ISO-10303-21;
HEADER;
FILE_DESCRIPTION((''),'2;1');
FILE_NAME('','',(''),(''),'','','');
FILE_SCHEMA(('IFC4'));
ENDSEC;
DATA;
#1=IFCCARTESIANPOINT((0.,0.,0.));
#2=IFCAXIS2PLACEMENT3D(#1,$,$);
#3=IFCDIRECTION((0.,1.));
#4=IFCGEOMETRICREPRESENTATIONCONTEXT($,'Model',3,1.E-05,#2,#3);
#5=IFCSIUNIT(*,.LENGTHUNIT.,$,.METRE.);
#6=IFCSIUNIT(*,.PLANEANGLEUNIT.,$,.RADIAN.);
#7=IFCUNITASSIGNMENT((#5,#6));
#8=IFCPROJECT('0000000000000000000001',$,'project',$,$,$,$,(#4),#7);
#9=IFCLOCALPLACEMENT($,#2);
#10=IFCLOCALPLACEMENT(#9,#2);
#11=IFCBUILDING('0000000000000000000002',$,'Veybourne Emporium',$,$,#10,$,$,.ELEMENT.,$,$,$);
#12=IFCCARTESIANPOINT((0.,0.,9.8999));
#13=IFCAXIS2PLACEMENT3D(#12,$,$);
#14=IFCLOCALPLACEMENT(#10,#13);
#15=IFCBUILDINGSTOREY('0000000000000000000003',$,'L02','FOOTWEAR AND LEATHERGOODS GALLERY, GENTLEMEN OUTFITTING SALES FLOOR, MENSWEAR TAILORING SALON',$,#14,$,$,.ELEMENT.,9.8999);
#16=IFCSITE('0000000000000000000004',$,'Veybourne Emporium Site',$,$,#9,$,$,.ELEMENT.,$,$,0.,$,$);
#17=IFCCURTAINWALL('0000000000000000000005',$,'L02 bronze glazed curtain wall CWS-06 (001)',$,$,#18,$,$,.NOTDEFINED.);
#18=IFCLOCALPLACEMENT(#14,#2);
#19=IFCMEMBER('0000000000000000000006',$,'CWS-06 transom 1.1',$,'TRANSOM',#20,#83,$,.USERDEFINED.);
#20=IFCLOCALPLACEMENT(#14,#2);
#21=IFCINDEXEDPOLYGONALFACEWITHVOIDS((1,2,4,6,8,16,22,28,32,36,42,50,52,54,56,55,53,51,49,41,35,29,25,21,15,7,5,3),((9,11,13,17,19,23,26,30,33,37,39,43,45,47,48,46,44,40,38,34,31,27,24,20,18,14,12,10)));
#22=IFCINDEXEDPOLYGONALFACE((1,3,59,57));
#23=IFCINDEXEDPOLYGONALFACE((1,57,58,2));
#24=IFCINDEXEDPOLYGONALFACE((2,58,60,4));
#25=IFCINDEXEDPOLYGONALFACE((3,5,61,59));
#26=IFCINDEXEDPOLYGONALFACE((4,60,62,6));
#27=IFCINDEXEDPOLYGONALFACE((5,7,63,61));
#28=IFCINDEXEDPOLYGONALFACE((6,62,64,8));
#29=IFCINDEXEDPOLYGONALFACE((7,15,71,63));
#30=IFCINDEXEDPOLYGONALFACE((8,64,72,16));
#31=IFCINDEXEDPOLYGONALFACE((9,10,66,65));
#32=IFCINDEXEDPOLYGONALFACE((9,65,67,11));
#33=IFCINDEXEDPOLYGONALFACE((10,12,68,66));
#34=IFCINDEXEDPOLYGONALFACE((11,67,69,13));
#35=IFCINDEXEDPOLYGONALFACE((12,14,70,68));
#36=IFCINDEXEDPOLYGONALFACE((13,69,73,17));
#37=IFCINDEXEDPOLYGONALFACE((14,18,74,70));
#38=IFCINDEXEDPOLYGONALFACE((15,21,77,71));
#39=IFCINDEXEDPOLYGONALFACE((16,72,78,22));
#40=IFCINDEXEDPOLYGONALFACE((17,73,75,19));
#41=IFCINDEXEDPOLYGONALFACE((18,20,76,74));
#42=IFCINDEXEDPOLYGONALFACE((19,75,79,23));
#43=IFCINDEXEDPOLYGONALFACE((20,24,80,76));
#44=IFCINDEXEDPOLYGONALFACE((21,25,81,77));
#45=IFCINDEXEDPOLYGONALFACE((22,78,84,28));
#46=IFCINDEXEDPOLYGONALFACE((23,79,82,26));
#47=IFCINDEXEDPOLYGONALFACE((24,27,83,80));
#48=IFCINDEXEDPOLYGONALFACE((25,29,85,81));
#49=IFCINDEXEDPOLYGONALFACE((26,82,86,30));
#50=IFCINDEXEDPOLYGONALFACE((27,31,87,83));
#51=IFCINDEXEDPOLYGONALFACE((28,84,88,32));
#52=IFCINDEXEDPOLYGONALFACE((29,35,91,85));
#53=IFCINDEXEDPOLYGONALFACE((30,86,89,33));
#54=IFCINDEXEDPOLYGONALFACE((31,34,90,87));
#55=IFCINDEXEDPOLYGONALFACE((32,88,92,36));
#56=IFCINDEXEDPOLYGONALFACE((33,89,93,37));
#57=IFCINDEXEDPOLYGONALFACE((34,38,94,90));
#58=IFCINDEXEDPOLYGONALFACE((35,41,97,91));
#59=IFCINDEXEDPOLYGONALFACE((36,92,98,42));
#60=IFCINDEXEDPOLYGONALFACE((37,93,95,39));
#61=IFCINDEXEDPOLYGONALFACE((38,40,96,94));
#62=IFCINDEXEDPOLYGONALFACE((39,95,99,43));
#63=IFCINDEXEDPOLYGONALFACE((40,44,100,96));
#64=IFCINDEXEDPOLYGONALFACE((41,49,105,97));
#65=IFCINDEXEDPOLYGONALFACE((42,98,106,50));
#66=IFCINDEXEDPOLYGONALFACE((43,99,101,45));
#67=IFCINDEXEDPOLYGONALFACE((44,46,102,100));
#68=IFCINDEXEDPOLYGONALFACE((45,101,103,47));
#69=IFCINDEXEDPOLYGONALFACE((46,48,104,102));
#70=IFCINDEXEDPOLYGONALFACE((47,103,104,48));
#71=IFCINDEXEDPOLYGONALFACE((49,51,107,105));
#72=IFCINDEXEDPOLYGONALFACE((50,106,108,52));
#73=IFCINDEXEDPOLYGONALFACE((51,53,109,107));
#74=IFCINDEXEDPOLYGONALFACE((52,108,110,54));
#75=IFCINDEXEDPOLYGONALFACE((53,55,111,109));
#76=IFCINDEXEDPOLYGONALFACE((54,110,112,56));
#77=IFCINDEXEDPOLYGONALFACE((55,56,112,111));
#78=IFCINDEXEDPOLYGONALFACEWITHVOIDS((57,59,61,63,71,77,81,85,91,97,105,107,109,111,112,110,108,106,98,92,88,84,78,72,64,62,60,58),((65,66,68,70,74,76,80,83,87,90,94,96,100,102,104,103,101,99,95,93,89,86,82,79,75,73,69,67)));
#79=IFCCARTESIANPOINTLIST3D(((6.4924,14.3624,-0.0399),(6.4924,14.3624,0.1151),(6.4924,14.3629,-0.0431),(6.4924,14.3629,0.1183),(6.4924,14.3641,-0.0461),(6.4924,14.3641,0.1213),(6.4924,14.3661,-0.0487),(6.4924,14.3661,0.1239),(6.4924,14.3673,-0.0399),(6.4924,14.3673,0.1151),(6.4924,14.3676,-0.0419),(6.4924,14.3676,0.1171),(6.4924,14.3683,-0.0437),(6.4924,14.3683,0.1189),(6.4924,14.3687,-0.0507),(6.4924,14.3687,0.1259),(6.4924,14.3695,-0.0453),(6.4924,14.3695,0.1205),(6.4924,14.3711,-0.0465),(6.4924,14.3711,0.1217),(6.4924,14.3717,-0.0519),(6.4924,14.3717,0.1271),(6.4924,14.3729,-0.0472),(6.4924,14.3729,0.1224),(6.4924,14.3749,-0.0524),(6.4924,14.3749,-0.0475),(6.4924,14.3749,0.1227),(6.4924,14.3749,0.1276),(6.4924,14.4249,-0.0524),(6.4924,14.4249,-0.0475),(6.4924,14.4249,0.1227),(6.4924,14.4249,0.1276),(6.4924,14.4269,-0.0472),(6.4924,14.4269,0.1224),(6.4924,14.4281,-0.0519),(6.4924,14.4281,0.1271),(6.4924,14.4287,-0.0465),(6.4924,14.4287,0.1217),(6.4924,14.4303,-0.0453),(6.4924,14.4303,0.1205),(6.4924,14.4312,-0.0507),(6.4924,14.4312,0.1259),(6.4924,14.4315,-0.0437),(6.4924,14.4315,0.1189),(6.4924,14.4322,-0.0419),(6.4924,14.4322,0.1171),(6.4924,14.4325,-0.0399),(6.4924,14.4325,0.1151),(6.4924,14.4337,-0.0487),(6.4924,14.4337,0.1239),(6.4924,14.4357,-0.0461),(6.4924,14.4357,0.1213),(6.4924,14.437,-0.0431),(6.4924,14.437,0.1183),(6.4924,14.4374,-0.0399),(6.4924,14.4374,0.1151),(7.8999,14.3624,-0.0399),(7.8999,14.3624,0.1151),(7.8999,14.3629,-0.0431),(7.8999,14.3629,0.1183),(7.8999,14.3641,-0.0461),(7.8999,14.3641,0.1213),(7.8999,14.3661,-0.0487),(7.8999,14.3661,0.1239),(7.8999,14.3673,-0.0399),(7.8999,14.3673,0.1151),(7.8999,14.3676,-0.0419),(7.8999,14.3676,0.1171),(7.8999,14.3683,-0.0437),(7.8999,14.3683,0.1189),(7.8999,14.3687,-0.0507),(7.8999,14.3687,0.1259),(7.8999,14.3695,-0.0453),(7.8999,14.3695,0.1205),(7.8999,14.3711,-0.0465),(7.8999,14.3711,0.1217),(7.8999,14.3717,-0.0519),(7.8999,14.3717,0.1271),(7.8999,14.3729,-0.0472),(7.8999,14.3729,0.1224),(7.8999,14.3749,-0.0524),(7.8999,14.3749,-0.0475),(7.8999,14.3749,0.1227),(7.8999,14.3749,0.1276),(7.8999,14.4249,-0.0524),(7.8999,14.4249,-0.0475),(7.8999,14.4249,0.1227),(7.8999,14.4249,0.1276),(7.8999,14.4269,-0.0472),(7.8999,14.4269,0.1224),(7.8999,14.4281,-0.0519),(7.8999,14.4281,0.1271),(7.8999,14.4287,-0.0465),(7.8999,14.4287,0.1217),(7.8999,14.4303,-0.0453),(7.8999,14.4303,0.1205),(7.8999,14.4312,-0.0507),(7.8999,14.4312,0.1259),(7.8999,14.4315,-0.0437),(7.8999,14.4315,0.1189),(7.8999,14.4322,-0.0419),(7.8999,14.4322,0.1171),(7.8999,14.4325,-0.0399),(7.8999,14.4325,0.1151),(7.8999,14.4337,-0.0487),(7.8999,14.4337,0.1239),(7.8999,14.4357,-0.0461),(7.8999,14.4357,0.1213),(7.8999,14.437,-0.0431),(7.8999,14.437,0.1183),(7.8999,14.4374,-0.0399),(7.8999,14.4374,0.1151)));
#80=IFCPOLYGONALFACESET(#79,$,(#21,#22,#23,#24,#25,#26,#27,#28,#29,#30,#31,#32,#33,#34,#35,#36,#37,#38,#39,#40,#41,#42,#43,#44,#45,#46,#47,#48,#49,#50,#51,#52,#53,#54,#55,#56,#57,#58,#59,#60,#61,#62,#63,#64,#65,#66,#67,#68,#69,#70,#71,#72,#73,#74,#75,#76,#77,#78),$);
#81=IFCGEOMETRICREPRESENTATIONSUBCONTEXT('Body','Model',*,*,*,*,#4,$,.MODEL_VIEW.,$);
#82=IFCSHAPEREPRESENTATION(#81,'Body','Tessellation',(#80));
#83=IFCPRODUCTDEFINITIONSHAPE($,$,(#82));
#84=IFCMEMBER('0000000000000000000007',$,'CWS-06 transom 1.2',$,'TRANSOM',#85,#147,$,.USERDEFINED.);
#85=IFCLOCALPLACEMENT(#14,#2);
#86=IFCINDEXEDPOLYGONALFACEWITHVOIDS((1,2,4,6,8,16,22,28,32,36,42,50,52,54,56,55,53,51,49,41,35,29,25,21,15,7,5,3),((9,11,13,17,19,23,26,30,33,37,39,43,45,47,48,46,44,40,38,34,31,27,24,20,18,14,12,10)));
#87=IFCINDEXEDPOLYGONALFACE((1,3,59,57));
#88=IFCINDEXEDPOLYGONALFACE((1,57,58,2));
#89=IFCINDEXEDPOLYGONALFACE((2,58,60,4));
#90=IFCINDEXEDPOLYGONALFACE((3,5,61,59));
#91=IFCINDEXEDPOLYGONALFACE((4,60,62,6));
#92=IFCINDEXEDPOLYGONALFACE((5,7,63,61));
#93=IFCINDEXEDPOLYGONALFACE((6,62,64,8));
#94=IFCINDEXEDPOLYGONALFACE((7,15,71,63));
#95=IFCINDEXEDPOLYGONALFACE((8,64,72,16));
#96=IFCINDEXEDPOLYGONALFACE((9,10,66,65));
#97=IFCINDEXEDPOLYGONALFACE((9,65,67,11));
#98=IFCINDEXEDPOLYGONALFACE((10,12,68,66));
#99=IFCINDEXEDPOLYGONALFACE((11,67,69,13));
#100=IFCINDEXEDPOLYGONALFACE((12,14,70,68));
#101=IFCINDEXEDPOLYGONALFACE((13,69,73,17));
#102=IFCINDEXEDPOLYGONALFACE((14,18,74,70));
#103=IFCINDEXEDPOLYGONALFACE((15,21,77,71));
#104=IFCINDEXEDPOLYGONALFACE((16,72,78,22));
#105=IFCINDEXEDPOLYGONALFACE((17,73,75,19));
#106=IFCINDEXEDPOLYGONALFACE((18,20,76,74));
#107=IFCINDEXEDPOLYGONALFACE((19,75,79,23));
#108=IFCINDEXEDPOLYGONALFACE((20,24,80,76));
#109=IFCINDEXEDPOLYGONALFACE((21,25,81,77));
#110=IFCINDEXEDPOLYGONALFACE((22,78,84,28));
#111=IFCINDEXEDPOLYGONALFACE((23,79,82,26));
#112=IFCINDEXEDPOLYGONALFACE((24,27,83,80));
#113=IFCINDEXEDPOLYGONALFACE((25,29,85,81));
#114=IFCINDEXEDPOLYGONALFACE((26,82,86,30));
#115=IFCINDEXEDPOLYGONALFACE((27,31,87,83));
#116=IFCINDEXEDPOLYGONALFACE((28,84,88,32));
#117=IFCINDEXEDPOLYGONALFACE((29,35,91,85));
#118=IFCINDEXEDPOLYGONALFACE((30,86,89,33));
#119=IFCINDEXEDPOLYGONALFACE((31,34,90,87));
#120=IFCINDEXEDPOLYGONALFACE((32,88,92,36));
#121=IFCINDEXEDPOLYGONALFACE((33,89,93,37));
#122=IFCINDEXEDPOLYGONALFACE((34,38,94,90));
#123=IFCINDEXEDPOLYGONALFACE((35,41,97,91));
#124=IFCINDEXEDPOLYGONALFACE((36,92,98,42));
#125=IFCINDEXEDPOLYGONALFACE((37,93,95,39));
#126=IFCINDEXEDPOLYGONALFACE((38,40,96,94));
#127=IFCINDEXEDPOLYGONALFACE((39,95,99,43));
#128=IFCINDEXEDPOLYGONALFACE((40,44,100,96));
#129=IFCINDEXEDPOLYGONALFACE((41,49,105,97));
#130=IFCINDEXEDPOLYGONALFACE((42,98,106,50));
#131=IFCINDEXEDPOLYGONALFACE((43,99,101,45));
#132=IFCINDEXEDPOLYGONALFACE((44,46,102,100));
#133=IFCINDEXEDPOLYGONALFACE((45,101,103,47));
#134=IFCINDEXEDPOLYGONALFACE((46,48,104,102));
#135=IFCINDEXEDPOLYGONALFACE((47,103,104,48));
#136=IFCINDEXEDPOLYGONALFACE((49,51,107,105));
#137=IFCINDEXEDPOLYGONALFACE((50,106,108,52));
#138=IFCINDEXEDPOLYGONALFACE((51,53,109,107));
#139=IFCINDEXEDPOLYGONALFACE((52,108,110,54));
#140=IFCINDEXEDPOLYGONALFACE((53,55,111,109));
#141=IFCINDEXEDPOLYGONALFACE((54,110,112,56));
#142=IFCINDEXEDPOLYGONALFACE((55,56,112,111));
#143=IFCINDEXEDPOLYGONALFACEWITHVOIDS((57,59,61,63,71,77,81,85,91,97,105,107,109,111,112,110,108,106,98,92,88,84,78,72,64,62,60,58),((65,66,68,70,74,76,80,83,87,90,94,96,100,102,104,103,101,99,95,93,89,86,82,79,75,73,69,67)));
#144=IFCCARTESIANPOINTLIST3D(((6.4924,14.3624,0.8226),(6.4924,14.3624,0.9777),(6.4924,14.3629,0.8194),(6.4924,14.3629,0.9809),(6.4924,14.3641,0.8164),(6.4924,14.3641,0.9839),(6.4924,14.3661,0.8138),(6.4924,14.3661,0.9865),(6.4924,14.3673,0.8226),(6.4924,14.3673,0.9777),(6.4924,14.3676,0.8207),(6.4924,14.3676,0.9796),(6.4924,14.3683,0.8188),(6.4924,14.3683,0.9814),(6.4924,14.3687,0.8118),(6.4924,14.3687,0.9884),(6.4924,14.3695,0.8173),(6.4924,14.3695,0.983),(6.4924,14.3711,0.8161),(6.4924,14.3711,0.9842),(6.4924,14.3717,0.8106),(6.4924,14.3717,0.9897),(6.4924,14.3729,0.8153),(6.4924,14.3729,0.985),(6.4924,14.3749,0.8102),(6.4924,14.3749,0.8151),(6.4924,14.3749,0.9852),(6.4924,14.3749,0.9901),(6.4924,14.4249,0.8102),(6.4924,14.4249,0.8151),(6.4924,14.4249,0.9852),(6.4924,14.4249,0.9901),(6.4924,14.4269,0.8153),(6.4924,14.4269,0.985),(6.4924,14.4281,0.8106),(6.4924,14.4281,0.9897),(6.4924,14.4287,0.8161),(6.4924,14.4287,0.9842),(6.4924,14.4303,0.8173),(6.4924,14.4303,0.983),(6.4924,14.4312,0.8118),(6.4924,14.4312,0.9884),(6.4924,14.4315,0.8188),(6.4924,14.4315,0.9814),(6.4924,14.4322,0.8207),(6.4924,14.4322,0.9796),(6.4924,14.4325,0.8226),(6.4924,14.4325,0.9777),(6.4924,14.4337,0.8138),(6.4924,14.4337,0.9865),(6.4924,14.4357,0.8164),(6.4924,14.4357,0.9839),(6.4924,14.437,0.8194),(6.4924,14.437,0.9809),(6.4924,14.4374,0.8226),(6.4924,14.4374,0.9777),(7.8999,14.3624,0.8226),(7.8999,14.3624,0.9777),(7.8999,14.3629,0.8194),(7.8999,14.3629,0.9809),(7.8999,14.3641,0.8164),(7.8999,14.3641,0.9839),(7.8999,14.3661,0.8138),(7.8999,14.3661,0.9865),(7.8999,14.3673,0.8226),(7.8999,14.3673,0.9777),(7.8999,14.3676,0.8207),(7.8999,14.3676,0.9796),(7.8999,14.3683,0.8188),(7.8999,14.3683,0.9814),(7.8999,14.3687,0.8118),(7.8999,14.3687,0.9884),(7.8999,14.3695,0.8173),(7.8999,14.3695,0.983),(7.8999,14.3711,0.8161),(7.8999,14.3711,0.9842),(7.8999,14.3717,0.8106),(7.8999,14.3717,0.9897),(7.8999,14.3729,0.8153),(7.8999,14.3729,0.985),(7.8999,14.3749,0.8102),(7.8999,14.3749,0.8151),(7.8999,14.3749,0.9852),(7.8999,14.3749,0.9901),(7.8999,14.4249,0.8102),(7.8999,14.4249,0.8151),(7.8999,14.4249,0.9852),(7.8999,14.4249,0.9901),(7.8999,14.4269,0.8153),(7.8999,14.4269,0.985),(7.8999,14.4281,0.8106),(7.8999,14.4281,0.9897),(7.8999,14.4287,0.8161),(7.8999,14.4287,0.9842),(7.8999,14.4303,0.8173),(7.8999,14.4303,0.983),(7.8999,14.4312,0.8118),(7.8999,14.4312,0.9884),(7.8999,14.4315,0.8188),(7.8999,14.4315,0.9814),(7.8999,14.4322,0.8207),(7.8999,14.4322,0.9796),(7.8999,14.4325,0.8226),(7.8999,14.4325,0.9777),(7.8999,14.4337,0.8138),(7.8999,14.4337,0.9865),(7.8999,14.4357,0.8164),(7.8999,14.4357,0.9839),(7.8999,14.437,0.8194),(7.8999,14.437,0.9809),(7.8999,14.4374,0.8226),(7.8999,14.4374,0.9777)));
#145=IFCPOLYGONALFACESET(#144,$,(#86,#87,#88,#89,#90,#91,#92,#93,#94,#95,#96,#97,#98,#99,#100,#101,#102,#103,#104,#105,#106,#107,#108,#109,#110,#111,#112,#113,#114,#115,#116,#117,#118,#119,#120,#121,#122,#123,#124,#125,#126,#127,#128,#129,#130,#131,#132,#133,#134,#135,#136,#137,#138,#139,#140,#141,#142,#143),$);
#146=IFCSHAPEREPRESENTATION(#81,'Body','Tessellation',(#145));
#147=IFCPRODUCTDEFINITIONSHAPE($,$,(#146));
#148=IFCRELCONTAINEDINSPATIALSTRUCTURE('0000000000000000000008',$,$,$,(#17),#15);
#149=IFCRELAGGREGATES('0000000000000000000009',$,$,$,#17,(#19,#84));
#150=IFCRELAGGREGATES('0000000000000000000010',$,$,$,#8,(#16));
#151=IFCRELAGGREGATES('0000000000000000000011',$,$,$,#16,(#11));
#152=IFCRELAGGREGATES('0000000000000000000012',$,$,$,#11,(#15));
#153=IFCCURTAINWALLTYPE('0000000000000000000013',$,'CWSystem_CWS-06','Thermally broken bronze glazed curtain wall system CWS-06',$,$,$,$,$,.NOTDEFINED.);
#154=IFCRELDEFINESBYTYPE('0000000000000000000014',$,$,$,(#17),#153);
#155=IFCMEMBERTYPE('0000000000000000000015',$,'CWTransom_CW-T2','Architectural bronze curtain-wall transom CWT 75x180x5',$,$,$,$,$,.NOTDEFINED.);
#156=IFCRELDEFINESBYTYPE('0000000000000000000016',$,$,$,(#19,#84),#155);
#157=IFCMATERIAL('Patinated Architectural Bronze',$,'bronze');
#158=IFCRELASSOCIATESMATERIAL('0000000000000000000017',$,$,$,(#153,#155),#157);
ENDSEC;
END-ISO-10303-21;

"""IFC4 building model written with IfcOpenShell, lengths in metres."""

from ifc_helpers import new_model, si_unit, direction, frame, origin, origin_2d, place, context, subcontext, project, spatial, hollow_rectangle, extrude, material, material_profile, profile_set, type_object, element, aggregate, save


model = new_model("IFC4")

# Units and contexts
model_context = context("Model", 3, precision=1e-05, world=origin(), true_north=direction((0.0, 1.0)))
body_context = subcontext(model_context, "Body", "Model", "MODEL_VIEW")
ifc_project = project(units=[si_unit("LENGTHUNIT", "METRE"), si_unit("PLANEANGLEUNIT", "RADIAN")], contexts=[model_context])

# Site, building, storey
site_placement = place(None, origin())
site = spatial("IfcSite", under=ifc_project, at=site_placement, Name="Veybourne Emporium Site", CompositionType="ELEMENT", RefElevation=0.0)
building_placement = place(site_placement, origin())
building = spatial("IfcBuilding", under=site, at=building_placement, Name="Veybourne Emporium", CompositionType="ELEMENT")
storey_placement = place(building_placement, frame((0.0, 0.0, 9.8999)))
storey = spatial("IfcBuildingStorey", under=building, at=storey_placement, Name="L02", Description="FOOTWEAR AND LEATHERGOODS GALLERY, GENTLEMEN OUTFITTING SALES FLOOR, MENSWEAR TAILORING SALON", CompositionType="ELEMENT", Elevation=9.8999)

# Curtain wall, members
ifc_material_1 = material(Name="Patinated Architectural Bronze", Category="bronze")
curtain_wall_type = type_object("IfcCurtainWallType", Name="CWSystem_CWS-06", Description="Thermally broken bronze glazed curtain wall system CWS-06", PredefinedType="NOTDEFINED", material=ifc_material_1)
curtain_wall_placement = place(storey_placement, origin())
curtain_wall = element("IfcCurtainWall", 1, at=curtain_wall_placement, inside=storey, type_object=curtain_wall_type, Name="L02 bronze glazed curtain wall CWS-06 (001)", PredefinedType="NOTDEFINED")
ifc_material_profile_1 = material_profile(ifc_material_1, hollow_rectangle(XDim=0.075, YDim=0.1799, WallThickness=0.0049, InnerFilletRadius=0.0076, OuterFilletRadius=0.0125, at=origin_2d()), Name="CWT 75x180x5")
ifc_profile_set_1 = profile_set([ifc_material_profile_1], Name="Patinated Architectural Bronze")
member_type_1 = type_object("IfcMemberType", Name="CWTransom_CW-T2", Description="Architectural bronze curtain-wall transom CWT 75x180x5", PredefinedType="NOTDEFINED", material=ifc_profile_set_1)
member_1_placement = place(storey_placement, frame((7.8999, 14.3999, 0.0376), z_axis=(-1.0, 0.0, 0.0), x_axis=(0.0, -1.0, 0.0)))
member_1 = element("IfcMember", 2, at=member_1_placement, type_object=member_type_1, Name="CWS-06 transom 1.1", ObjectType="TRANSOM", PredefinedType="USERDEFINED", context=body_context, shape_type="SweptSolid", body=[
    extrude(hollow_rectangle(XDim=0.075, YDim=0.1799, WallThickness=0.0049, InnerFilletRadius=0.0076, OuterFilletRadius=0.0125, at=origin_2d()), origin(), (0.0, 0.0, 1.0), 1.4075),
])
member_2_placement = place(storey_placement, frame((7.8999, 14.3999, 0.9001), z_axis=(-1.0, 0.0, 0.0), x_axis=(0.0, -1.0, 0.0)))
member_2 = element("IfcMember", 3, at=member_2_placement, type_object=member_type_1, Name="CWS-06 transom 1.2", ObjectType="TRANSOM", PredefinedType="USERDEFINED", context=body_context, shape_type="SweptSolid", body=[
    extrude(hollow_rectangle(XDim=0.075, YDim=0.1799, WallThickness=0.0049, InnerFilletRadius=0.0076, OuterFilletRadius=0.0125, at=origin_2d()), origin(), (0.0, 0.0, 1.0), 1.4075),
])
aggregate(curtain_wall, [member_1, member_2])

save(model, "model.ifc")
